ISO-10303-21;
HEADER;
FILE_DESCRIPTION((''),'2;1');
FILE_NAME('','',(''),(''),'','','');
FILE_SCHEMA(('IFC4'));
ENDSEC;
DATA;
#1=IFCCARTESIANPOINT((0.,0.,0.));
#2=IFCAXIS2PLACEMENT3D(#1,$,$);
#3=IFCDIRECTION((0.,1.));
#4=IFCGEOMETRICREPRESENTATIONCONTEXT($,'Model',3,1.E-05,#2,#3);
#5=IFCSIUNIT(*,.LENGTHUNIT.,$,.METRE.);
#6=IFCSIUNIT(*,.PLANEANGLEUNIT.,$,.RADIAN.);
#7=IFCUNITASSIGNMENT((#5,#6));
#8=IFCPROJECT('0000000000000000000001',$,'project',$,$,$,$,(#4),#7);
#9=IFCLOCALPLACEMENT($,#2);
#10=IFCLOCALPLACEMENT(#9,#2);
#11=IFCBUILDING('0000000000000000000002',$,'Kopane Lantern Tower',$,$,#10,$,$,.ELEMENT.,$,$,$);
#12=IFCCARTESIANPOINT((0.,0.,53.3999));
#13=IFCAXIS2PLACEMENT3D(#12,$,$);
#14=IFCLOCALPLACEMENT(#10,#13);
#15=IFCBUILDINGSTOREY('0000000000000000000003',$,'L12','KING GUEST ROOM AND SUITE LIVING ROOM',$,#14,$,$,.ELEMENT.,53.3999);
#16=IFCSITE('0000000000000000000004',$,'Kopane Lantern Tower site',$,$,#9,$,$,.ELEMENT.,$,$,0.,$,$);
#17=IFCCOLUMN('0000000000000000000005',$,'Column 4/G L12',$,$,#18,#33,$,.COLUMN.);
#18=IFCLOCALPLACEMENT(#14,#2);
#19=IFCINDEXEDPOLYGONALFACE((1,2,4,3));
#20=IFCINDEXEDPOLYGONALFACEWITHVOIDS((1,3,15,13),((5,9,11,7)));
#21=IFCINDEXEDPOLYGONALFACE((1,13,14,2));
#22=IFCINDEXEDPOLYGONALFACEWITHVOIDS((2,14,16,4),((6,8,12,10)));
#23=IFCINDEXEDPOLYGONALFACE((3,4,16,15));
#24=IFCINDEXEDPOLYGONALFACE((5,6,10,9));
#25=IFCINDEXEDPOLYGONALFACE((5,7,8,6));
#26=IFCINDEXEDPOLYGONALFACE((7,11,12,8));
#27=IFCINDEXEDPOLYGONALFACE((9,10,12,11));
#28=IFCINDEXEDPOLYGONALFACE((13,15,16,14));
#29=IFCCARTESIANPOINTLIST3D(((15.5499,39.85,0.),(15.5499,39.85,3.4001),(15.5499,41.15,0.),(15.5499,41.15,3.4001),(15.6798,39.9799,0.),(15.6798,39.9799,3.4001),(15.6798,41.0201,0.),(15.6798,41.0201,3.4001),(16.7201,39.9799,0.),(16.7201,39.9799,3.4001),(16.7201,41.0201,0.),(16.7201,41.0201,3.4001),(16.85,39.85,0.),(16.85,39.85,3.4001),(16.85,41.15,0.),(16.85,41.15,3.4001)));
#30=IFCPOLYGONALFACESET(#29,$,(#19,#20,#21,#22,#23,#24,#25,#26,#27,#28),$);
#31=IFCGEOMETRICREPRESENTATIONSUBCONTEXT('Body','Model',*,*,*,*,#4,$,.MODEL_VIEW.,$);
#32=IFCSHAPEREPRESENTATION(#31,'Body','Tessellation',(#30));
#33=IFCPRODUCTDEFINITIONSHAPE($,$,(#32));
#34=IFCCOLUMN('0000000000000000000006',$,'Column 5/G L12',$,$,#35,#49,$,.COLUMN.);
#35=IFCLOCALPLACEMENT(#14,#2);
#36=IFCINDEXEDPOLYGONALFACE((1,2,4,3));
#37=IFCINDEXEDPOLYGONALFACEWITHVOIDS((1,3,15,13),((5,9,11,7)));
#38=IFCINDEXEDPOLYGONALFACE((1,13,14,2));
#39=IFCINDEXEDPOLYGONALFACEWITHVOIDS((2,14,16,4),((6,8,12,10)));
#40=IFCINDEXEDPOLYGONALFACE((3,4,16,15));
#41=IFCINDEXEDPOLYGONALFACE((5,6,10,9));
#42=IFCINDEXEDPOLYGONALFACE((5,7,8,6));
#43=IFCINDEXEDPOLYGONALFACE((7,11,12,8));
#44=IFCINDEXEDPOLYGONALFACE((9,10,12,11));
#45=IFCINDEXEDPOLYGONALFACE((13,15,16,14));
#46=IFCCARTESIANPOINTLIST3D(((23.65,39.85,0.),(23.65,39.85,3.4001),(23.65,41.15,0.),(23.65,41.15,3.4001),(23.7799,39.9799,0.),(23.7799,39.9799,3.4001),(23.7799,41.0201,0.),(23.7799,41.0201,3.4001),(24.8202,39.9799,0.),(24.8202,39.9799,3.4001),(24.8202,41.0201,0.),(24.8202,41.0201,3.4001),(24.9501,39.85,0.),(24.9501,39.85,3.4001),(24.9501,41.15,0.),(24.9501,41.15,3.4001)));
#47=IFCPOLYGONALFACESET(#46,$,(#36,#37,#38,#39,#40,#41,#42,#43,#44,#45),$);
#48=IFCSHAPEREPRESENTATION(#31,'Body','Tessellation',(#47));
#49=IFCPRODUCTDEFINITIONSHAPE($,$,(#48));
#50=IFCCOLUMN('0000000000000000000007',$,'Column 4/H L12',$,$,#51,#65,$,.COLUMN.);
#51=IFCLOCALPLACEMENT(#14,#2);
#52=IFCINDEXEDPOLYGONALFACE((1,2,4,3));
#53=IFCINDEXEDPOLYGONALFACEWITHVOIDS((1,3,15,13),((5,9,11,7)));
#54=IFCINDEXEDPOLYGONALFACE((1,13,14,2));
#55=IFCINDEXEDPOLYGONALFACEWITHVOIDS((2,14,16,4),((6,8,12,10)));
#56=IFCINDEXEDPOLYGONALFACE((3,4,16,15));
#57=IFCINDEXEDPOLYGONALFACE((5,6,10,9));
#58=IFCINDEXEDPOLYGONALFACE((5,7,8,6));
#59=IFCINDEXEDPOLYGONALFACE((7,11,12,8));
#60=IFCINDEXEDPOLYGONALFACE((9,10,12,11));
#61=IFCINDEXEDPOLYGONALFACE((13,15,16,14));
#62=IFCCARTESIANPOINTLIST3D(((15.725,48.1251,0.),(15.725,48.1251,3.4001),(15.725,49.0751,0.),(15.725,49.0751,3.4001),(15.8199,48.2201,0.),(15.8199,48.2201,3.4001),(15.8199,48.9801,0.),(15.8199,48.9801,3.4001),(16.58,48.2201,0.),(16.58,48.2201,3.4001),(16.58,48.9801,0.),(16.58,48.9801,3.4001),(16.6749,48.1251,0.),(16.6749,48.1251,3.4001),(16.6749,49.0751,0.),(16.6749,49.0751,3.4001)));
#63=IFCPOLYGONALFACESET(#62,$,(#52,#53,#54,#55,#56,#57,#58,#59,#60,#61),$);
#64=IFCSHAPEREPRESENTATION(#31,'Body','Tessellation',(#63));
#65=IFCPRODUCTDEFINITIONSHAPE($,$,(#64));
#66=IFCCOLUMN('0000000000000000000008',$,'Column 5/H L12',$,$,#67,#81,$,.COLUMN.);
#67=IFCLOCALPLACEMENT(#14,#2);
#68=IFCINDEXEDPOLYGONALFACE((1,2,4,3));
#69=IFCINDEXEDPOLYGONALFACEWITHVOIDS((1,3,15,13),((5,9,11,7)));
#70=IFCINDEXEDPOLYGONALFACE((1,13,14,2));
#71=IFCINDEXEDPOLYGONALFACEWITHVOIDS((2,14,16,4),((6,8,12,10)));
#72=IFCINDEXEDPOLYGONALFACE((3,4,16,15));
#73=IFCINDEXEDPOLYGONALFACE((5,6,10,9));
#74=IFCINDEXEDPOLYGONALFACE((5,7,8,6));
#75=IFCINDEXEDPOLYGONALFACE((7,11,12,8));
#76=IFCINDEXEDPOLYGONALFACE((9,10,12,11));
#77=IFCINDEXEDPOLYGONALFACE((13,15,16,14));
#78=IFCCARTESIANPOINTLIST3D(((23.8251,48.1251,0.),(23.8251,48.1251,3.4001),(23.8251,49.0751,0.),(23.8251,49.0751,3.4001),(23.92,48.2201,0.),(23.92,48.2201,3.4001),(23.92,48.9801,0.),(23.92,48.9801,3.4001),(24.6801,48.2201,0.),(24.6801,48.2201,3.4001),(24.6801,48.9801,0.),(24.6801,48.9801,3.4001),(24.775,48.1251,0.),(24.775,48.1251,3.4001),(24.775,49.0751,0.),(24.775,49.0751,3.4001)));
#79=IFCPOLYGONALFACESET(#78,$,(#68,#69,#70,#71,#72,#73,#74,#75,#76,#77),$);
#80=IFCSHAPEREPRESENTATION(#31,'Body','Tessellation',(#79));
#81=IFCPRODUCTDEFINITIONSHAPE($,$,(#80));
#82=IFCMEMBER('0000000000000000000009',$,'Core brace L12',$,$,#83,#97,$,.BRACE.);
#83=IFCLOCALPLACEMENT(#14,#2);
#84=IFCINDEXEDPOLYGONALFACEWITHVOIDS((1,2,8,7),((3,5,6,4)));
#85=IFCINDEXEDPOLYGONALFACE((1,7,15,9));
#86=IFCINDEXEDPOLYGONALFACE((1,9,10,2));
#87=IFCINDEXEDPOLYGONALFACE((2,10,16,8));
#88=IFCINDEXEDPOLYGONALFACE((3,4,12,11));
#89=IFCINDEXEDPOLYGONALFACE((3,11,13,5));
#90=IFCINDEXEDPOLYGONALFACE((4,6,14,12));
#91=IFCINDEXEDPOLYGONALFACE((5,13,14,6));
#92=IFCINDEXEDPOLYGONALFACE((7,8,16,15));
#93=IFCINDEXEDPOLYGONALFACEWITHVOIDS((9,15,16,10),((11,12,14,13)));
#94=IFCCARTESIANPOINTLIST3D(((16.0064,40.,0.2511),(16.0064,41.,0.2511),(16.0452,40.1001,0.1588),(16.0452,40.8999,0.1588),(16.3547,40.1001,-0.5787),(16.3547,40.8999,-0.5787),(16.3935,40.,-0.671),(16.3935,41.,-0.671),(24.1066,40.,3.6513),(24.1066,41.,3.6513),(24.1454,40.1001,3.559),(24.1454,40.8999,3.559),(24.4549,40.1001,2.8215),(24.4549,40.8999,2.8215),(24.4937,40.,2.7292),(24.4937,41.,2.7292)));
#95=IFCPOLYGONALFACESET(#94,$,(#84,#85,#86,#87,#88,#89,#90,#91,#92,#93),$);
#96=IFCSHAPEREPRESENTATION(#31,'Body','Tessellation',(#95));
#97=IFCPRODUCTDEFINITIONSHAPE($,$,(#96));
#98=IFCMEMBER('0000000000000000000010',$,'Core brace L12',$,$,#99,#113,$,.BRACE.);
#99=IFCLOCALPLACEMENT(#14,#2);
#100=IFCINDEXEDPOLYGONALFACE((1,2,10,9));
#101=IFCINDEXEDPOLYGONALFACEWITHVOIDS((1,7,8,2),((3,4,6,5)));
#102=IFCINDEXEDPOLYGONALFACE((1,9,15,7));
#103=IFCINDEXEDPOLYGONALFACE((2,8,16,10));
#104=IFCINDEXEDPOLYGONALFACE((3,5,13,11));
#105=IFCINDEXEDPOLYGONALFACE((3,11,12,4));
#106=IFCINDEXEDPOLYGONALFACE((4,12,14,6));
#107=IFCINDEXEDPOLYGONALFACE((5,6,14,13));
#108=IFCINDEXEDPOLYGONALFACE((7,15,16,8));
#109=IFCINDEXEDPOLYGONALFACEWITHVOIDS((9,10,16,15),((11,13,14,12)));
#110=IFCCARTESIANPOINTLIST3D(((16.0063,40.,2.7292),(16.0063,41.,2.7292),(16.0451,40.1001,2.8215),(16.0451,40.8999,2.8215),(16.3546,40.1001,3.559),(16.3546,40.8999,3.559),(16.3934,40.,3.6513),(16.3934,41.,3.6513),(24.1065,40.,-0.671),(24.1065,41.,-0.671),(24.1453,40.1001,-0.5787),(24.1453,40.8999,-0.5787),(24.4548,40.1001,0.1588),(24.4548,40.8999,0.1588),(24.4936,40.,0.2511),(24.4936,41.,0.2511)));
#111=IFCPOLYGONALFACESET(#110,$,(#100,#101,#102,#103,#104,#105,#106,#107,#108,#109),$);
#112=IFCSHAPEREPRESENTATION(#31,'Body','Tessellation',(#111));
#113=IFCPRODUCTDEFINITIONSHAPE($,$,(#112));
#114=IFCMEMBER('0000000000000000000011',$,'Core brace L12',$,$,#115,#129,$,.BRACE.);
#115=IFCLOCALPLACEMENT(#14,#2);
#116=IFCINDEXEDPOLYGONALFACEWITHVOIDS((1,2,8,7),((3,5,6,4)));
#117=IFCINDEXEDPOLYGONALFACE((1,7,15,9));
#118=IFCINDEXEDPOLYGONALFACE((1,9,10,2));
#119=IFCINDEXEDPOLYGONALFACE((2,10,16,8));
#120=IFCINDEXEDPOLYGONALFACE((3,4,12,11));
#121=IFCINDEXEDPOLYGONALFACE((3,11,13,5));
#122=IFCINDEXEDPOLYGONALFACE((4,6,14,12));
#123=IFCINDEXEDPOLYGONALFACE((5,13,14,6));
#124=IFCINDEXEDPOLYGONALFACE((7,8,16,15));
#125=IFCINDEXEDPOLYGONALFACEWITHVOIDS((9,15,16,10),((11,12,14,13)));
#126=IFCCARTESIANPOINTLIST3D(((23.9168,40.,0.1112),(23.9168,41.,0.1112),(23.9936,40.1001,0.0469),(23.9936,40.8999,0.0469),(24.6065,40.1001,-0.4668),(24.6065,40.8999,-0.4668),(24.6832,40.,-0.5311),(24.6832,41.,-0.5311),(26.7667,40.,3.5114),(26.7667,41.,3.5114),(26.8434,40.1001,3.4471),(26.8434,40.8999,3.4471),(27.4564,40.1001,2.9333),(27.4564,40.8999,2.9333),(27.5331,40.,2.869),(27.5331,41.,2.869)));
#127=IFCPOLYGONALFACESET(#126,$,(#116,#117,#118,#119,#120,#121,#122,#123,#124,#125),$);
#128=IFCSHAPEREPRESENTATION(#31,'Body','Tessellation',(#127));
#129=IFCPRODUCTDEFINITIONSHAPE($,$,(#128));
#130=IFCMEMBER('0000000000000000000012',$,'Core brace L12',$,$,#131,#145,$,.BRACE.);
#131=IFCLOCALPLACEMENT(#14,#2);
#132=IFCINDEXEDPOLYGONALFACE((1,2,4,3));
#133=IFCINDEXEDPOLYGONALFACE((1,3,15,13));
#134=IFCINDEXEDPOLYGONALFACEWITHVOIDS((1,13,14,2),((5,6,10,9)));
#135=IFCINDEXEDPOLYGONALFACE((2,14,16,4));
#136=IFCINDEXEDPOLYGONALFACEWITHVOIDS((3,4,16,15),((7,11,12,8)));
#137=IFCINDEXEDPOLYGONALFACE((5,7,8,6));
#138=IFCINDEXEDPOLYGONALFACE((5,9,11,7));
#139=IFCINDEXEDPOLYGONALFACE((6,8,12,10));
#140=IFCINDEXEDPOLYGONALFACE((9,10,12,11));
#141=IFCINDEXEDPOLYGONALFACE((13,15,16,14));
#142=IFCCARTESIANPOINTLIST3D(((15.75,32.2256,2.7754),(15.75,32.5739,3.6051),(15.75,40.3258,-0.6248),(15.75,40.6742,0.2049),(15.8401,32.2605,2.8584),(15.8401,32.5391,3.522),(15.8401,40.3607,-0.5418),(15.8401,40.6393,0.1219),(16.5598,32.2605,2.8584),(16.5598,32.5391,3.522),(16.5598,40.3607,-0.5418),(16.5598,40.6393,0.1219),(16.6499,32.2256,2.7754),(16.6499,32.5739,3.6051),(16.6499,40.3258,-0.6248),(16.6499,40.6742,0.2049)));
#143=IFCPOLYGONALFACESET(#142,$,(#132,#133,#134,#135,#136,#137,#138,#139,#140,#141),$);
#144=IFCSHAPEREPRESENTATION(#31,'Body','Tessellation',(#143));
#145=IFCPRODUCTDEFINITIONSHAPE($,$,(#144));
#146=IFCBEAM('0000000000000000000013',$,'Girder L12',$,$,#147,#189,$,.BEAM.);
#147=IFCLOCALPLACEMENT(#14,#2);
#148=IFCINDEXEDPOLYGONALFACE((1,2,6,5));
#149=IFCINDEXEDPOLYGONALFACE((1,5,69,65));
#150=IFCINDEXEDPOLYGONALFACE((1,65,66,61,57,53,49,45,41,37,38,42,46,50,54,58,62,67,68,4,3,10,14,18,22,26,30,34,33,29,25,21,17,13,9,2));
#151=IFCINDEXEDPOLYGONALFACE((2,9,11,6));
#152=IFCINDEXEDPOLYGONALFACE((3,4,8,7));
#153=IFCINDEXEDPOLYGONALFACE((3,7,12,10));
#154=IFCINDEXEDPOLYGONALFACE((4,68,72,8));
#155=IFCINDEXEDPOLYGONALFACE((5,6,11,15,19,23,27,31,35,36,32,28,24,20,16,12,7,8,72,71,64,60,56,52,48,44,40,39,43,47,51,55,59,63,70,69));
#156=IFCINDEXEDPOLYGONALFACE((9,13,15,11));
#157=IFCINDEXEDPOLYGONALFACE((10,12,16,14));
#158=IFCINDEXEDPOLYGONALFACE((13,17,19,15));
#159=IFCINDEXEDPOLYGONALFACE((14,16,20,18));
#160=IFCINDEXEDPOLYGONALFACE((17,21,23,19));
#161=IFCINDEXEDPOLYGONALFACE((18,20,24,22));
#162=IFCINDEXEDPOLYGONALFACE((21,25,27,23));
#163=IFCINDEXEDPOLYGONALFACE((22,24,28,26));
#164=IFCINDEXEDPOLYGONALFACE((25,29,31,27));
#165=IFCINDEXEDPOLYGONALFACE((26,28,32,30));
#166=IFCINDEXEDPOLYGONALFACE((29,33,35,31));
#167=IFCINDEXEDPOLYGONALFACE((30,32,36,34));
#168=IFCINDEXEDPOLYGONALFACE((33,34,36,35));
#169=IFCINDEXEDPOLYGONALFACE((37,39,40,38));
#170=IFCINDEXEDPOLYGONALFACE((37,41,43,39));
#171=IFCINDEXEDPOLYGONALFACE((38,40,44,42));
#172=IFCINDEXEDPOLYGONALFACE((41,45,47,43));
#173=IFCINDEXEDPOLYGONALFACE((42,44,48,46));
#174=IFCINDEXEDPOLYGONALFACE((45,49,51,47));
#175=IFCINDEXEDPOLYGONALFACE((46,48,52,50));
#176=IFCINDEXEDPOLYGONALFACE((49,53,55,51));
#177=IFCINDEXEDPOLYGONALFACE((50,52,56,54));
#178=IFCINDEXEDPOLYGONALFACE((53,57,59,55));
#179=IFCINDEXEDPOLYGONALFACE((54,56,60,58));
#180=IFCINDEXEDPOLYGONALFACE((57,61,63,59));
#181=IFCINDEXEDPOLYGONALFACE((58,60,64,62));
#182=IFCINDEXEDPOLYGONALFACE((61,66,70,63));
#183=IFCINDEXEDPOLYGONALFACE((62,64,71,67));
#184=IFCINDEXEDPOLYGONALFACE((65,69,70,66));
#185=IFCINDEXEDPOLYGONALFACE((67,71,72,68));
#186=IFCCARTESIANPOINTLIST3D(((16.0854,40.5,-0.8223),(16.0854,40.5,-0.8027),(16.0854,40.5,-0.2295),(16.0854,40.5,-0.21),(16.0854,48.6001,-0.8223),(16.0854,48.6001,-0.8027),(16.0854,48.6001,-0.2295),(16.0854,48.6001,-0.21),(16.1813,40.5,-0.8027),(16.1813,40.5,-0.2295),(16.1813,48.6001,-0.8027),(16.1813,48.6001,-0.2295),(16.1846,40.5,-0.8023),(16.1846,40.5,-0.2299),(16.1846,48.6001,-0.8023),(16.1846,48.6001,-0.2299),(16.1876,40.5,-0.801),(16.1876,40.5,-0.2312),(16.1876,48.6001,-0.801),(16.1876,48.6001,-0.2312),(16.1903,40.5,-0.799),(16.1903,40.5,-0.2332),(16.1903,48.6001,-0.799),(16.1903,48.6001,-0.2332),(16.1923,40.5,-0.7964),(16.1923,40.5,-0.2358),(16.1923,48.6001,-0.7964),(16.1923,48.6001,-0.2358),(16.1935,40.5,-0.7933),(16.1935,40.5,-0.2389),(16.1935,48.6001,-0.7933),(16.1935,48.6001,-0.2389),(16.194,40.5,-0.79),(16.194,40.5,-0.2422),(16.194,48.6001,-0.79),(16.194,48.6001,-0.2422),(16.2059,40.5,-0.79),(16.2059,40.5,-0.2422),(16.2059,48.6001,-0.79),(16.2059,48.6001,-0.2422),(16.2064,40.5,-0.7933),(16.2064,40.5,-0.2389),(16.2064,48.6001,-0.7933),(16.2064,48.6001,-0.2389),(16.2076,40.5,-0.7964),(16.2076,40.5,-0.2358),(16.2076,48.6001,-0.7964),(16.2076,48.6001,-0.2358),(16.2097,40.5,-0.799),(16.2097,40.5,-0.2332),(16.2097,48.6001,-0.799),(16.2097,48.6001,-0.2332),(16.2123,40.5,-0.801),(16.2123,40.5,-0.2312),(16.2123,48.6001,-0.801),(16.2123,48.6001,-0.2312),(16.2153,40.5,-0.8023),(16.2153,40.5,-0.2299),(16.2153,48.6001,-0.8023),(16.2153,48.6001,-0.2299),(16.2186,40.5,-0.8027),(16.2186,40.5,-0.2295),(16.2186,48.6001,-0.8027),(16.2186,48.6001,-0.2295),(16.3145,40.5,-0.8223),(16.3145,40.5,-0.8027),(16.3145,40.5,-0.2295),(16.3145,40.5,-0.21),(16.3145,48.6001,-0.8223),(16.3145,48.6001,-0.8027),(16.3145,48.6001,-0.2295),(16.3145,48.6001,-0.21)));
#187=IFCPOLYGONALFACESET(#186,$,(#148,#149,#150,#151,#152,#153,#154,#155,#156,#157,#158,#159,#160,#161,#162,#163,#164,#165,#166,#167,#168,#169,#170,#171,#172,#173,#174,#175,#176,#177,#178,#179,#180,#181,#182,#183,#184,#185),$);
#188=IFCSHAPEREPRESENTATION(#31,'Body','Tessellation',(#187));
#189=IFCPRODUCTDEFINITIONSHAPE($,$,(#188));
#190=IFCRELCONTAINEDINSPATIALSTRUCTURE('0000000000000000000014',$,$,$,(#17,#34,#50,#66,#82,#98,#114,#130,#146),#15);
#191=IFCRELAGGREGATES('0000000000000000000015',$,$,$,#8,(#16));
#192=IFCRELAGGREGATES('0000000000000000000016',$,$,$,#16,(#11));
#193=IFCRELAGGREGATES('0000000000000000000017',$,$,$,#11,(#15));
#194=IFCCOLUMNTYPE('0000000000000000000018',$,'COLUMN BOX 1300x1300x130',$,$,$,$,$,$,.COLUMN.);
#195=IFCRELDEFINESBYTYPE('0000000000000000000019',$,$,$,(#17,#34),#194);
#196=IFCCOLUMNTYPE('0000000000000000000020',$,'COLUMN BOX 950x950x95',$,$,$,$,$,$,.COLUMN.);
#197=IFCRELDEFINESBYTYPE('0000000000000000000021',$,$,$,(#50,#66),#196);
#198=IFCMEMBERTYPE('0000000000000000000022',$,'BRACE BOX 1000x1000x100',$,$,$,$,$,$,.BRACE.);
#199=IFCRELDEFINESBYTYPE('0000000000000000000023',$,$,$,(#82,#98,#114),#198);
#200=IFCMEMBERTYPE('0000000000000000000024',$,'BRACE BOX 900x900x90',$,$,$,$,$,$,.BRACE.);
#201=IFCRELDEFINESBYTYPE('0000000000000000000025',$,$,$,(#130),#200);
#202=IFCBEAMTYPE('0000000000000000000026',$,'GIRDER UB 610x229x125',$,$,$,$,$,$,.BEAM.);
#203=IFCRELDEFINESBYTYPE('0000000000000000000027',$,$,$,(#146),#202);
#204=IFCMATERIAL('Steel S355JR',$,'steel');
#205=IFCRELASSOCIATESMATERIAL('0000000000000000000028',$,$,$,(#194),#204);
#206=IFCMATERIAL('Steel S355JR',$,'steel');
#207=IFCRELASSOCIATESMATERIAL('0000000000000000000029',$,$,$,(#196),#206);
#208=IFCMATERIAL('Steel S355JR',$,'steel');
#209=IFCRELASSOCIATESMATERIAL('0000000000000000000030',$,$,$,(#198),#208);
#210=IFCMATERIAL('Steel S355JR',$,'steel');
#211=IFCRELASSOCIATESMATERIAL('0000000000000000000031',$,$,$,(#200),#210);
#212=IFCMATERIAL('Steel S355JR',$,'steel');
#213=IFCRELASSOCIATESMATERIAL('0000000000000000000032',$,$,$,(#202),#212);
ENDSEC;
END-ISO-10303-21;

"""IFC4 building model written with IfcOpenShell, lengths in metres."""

from ifc_helpers import new_model, si_unit, direction, frame, origin, origin_2d, place, context, subcontext, project, spatial, hollow_rectangle, i_section, extrude, material, material_profile, profile_set, type_object, element, save


model = new_model("IFC4")

# Units and contexts
model_context = context("Model", 3, precision=1e-05, world=origin(), true_north=direction((0.0, 1.0)))
body_context = subcontext(model_context, "Body", "Model", "MODEL_VIEW")
ifc_project = project(units=[si_unit("LENGTHUNIT", "METRE"), si_unit("PLANEANGLEUNIT", "RADIAN")], contexts=[model_context])

# Site, building, storey
site_placement = place(None, origin())
site = spatial("IfcSite", under=ifc_project, at=site_placement, Name="Kopane Lantern Tower site", CompositionType="ELEMENT", RefElevation=0.0)
building_placement = place(site_placement, origin())
building = spatial("IfcBuilding", under=site, at=building_placement, Name="Kopane Lantern Tower", CompositionType="ELEMENT")
storey_placement = place(building_placement, frame((0.0, 0.0, 53.3999)))
storey = spatial("IfcBuildingStorey", under=building, at=storey_placement, Name="L12", Description="KING GUEST ROOM AND SUITE LIVING ROOM", CompositionType="ELEMENT", Elevation=53.3999)

# Columns
ifc_material_1 = material(Name="Steel S355JR", Category="steel")
ifc_material_profile_1 = material_profile(ifc_material_1, hollow_rectangle(XDim=1.3, YDim=1.3, WallThickness=0.1299, at=origin_2d()), Name="BOX 1300x1300x130")
ifc_profile_set_1 = profile_set([ifc_material_profile_1], Name="Steel S355JR")
column_type_1 = type_object("IfcColumnType", Name="COLUMN BOX 1300x1300x130", PredefinedType="COLUMN", material=ifc_profile_set_1)
for number, where, z_axis, x_axis, name in (
    (1, (16.2, 40.5, 0.0), (0.0, 0.0, 1.0), (1.0, 0.0, 0.0), "Column 4/G L12"),
    (2, (24.3, 40.5, 0.0), (0.0, 0.0, 1.0), (1.0, 0.0, 0.0), "Column 5/G L12"),
):
    element("IfcColumn", number, at=place(storey_placement, frame(where, z_axis=z_axis, x_axis=x_axis)), inside=storey, type_object=column_type_1, Name=name, PredefinedType="COLUMN", context=body_context, shape_type="SweptSolid", body=[
        extrude(hollow_rectangle(XDim=1.3, YDim=1.3, WallThickness=0.1299, at=origin_2d()), origin(), (0.0, 0.0, 1.0), 3.4001),
    ])
ifc_material_2 = material(Name="Steel S355JR", Category="steel")
ifc_material_profile_2 = material_profile(ifc_material_2, hollow_rectangle(XDim=0.95, YDim=0.95, WallThickness=0.095, at=origin_2d()), Name="BOX 950x950x95")
ifc_profile_set_2 = profile_set([ifc_material_profile_2], Name="Steel S355JR")
column_type_2 = type_object("IfcColumnType", Name="COLUMN BOX 950x950x95", PredefinedType="COLUMN", material=ifc_profile_set_2)
for number, where, z_axis, x_axis, name in (
    (3, (16.2, 48.6001, 0.0), (0.0, 0.0, 1.0), (1.0, 0.0, 0.0), "Column 4/H L12"),
    (4, (24.3, 48.6001, 0.0), (0.0, 0.0, 1.0), (1.0, 0.0, 0.0), "Column 5/H L12"),
):
    element("IfcColumn", number, at=place(storey_placement, frame(where, z_axis=z_axis, x_axis=x_axis)), inside=storey, type_object=column_type_2, Name=name, PredefinedType="COLUMN", context=body_context, shape_type="SweptSolid", body=[
        extrude(hollow_rectangle(XDim=0.95, YDim=0.95, WallThickness=0.095, at=origin_2d()), origin(), (0.0, 0.0, 1.0), 3.4001),
    ])

# Members
ifc_material_3 = material(Name="Steel S355JR", Category="steel")
ifc_material_profile_3 = material_profile(ifc_material_3, hollow_rectangle(XDim=1.0, YDim=1.0, WallThickness=0.1001, at=origin_2d()), Name="BOX 1000x1000x100")
ifc_profile_set_3 = profile_set([ifc_material_profile_3], Name="Steel S355JR")
member_type_1 = type_object("IfcMemberType", Name="BRACE BOX 1000x1000x100", PredefinedType="BRACE", material=ifc_profile_set_3)
for number, where, z_axis, x_axis, name in (
    (5, (16.2, 40.5, -0.21), (0.922059, 0.0, 0.387049), (0.0, 1.0, 0.0), "Core brace L12"),
    (6, (24.3, 40.5, -0.21), (-0.922059, 0.0, 0.387049), (0.0, -1.0, 0.0), "Core brace L12"),
):
    element("IfcMember", number, at=place(storey_placement, frame(where, z_axis=z_axis, x_axis=x_axis)), inside=storey, type_object=member_type_1, Name=name, PredefinedType="BRACE", context=body_context, shape_type="SweptSolid", body=[
        extrude(hollow_rectangle(XDim=1.0, YDim=1.0, WallThickness=0.1001, at=origin_2d()), origin(), (0.0, 0.0, 1.0), 8.7849),
    ])
member_1_placement = place(storey_placement, frame((24.3, 40.5, -0.21), z_axis=(0.642363, 0.0, 0.7664), x_axis=(0.0, 1.0, 0.0)))
element("IfcMember", 7, at=member_1_placement, inside=storey, type_object=member_type_1, Name="Core brace L12", PredefinedType="BRACE", context=body_context, shape_type="SweptSolid", body=[
    extrude(hollow_rectangle(XDim=1.0, YDim=1.0, WallThickness=0.1001, at=origin_2d()), origin(), (0.0, 0.0, 1.0), 4.4365),
])
ifc_material_4 = material(Name="Steel S355JR", Category="steel")
ifc_material_profile_4 = material_profile(ifc_material_4, hollow_rectangle(XDim=0.8999, YDim=0.8999, WallThickness=0.0901, at=origin_2d()), Name="BOX 900x900x90")
ifc_profile_set_4 = profile_set([ifc_material_profile_4], Name="Steel S355JR")
member_type_2 = type_object("IfcMemberType", Name="BRACE BOX 900x900x90", PredefinedType="BRACE", material=ifc_profile_set_4)
member_2_placement = place(storey_placement, frame((16.2, 40.5, -0.21), z_axis=(0.0, -0.922059, 0.387049), x_axis=(1.0, 0.0, 0.0)))
element("IfcMember", 8, at=member_2_placement, inside=storey, type_object=member_type_2, Name="Core brace L12", PredefinedType="BRACE", context=body_context, shape_type="SweptSolid", body=[
    extrude(hollow_rectangle(XDim=0.8999, YDim=0.8999, WallThickness=0.0901, at=origin_2d()), origin(), (0.0, 0.0, 1.0), 8.7849),
])

# Beam
ifc_material_5 = material(Name="Steel S355JR", Category="steel")
ifc_material_profile_5 = material_profile(ifc_material_5, i_section(OverallWidth=0.229, OverallDepth=0.6123, WebThickness=0.012, FlangeThickness=0.0195, FilletRadius=0.0127, at=origin_2d()), Name="UB 610x229x125")
ifc_profile_set_5 = profile_set([ifc_material_profile_5], Name="Steel S355JR")
beam_type_1 = type_object("IfcBeamType", Name="GIRDER UB 610x229x125", PredefinedType="BEAM", material=ifc_profile_set_5)
for number, where, z_axis, x_axis, name in (
    (9, (16.2, 40.5, -0.5161), (0.0, 1.0, 0.0), (-1.0, 0.0, 0.0), "Girder L12"),
):
    element("IfcBeam", number, at=place(storey_placement, frame(where, z_axis=z_axis, x_axis=x_axis)), inside=storey, type_object=beam_type_1, Name=name, PredefinedType="BEAM", context=body_context, shape_type="SweptSolid", body=[
        extrude(i_section(OverallWidth=0.229, OverallDepth=0.6123, WebThickness=0.012, FlangeThickness=0.0195, FilletRadius=0.0127, at=origin_2d()), origin(), (0.0, 0.0, 1.0), 8.1001),
    ])

save(model, "model.ifc")
